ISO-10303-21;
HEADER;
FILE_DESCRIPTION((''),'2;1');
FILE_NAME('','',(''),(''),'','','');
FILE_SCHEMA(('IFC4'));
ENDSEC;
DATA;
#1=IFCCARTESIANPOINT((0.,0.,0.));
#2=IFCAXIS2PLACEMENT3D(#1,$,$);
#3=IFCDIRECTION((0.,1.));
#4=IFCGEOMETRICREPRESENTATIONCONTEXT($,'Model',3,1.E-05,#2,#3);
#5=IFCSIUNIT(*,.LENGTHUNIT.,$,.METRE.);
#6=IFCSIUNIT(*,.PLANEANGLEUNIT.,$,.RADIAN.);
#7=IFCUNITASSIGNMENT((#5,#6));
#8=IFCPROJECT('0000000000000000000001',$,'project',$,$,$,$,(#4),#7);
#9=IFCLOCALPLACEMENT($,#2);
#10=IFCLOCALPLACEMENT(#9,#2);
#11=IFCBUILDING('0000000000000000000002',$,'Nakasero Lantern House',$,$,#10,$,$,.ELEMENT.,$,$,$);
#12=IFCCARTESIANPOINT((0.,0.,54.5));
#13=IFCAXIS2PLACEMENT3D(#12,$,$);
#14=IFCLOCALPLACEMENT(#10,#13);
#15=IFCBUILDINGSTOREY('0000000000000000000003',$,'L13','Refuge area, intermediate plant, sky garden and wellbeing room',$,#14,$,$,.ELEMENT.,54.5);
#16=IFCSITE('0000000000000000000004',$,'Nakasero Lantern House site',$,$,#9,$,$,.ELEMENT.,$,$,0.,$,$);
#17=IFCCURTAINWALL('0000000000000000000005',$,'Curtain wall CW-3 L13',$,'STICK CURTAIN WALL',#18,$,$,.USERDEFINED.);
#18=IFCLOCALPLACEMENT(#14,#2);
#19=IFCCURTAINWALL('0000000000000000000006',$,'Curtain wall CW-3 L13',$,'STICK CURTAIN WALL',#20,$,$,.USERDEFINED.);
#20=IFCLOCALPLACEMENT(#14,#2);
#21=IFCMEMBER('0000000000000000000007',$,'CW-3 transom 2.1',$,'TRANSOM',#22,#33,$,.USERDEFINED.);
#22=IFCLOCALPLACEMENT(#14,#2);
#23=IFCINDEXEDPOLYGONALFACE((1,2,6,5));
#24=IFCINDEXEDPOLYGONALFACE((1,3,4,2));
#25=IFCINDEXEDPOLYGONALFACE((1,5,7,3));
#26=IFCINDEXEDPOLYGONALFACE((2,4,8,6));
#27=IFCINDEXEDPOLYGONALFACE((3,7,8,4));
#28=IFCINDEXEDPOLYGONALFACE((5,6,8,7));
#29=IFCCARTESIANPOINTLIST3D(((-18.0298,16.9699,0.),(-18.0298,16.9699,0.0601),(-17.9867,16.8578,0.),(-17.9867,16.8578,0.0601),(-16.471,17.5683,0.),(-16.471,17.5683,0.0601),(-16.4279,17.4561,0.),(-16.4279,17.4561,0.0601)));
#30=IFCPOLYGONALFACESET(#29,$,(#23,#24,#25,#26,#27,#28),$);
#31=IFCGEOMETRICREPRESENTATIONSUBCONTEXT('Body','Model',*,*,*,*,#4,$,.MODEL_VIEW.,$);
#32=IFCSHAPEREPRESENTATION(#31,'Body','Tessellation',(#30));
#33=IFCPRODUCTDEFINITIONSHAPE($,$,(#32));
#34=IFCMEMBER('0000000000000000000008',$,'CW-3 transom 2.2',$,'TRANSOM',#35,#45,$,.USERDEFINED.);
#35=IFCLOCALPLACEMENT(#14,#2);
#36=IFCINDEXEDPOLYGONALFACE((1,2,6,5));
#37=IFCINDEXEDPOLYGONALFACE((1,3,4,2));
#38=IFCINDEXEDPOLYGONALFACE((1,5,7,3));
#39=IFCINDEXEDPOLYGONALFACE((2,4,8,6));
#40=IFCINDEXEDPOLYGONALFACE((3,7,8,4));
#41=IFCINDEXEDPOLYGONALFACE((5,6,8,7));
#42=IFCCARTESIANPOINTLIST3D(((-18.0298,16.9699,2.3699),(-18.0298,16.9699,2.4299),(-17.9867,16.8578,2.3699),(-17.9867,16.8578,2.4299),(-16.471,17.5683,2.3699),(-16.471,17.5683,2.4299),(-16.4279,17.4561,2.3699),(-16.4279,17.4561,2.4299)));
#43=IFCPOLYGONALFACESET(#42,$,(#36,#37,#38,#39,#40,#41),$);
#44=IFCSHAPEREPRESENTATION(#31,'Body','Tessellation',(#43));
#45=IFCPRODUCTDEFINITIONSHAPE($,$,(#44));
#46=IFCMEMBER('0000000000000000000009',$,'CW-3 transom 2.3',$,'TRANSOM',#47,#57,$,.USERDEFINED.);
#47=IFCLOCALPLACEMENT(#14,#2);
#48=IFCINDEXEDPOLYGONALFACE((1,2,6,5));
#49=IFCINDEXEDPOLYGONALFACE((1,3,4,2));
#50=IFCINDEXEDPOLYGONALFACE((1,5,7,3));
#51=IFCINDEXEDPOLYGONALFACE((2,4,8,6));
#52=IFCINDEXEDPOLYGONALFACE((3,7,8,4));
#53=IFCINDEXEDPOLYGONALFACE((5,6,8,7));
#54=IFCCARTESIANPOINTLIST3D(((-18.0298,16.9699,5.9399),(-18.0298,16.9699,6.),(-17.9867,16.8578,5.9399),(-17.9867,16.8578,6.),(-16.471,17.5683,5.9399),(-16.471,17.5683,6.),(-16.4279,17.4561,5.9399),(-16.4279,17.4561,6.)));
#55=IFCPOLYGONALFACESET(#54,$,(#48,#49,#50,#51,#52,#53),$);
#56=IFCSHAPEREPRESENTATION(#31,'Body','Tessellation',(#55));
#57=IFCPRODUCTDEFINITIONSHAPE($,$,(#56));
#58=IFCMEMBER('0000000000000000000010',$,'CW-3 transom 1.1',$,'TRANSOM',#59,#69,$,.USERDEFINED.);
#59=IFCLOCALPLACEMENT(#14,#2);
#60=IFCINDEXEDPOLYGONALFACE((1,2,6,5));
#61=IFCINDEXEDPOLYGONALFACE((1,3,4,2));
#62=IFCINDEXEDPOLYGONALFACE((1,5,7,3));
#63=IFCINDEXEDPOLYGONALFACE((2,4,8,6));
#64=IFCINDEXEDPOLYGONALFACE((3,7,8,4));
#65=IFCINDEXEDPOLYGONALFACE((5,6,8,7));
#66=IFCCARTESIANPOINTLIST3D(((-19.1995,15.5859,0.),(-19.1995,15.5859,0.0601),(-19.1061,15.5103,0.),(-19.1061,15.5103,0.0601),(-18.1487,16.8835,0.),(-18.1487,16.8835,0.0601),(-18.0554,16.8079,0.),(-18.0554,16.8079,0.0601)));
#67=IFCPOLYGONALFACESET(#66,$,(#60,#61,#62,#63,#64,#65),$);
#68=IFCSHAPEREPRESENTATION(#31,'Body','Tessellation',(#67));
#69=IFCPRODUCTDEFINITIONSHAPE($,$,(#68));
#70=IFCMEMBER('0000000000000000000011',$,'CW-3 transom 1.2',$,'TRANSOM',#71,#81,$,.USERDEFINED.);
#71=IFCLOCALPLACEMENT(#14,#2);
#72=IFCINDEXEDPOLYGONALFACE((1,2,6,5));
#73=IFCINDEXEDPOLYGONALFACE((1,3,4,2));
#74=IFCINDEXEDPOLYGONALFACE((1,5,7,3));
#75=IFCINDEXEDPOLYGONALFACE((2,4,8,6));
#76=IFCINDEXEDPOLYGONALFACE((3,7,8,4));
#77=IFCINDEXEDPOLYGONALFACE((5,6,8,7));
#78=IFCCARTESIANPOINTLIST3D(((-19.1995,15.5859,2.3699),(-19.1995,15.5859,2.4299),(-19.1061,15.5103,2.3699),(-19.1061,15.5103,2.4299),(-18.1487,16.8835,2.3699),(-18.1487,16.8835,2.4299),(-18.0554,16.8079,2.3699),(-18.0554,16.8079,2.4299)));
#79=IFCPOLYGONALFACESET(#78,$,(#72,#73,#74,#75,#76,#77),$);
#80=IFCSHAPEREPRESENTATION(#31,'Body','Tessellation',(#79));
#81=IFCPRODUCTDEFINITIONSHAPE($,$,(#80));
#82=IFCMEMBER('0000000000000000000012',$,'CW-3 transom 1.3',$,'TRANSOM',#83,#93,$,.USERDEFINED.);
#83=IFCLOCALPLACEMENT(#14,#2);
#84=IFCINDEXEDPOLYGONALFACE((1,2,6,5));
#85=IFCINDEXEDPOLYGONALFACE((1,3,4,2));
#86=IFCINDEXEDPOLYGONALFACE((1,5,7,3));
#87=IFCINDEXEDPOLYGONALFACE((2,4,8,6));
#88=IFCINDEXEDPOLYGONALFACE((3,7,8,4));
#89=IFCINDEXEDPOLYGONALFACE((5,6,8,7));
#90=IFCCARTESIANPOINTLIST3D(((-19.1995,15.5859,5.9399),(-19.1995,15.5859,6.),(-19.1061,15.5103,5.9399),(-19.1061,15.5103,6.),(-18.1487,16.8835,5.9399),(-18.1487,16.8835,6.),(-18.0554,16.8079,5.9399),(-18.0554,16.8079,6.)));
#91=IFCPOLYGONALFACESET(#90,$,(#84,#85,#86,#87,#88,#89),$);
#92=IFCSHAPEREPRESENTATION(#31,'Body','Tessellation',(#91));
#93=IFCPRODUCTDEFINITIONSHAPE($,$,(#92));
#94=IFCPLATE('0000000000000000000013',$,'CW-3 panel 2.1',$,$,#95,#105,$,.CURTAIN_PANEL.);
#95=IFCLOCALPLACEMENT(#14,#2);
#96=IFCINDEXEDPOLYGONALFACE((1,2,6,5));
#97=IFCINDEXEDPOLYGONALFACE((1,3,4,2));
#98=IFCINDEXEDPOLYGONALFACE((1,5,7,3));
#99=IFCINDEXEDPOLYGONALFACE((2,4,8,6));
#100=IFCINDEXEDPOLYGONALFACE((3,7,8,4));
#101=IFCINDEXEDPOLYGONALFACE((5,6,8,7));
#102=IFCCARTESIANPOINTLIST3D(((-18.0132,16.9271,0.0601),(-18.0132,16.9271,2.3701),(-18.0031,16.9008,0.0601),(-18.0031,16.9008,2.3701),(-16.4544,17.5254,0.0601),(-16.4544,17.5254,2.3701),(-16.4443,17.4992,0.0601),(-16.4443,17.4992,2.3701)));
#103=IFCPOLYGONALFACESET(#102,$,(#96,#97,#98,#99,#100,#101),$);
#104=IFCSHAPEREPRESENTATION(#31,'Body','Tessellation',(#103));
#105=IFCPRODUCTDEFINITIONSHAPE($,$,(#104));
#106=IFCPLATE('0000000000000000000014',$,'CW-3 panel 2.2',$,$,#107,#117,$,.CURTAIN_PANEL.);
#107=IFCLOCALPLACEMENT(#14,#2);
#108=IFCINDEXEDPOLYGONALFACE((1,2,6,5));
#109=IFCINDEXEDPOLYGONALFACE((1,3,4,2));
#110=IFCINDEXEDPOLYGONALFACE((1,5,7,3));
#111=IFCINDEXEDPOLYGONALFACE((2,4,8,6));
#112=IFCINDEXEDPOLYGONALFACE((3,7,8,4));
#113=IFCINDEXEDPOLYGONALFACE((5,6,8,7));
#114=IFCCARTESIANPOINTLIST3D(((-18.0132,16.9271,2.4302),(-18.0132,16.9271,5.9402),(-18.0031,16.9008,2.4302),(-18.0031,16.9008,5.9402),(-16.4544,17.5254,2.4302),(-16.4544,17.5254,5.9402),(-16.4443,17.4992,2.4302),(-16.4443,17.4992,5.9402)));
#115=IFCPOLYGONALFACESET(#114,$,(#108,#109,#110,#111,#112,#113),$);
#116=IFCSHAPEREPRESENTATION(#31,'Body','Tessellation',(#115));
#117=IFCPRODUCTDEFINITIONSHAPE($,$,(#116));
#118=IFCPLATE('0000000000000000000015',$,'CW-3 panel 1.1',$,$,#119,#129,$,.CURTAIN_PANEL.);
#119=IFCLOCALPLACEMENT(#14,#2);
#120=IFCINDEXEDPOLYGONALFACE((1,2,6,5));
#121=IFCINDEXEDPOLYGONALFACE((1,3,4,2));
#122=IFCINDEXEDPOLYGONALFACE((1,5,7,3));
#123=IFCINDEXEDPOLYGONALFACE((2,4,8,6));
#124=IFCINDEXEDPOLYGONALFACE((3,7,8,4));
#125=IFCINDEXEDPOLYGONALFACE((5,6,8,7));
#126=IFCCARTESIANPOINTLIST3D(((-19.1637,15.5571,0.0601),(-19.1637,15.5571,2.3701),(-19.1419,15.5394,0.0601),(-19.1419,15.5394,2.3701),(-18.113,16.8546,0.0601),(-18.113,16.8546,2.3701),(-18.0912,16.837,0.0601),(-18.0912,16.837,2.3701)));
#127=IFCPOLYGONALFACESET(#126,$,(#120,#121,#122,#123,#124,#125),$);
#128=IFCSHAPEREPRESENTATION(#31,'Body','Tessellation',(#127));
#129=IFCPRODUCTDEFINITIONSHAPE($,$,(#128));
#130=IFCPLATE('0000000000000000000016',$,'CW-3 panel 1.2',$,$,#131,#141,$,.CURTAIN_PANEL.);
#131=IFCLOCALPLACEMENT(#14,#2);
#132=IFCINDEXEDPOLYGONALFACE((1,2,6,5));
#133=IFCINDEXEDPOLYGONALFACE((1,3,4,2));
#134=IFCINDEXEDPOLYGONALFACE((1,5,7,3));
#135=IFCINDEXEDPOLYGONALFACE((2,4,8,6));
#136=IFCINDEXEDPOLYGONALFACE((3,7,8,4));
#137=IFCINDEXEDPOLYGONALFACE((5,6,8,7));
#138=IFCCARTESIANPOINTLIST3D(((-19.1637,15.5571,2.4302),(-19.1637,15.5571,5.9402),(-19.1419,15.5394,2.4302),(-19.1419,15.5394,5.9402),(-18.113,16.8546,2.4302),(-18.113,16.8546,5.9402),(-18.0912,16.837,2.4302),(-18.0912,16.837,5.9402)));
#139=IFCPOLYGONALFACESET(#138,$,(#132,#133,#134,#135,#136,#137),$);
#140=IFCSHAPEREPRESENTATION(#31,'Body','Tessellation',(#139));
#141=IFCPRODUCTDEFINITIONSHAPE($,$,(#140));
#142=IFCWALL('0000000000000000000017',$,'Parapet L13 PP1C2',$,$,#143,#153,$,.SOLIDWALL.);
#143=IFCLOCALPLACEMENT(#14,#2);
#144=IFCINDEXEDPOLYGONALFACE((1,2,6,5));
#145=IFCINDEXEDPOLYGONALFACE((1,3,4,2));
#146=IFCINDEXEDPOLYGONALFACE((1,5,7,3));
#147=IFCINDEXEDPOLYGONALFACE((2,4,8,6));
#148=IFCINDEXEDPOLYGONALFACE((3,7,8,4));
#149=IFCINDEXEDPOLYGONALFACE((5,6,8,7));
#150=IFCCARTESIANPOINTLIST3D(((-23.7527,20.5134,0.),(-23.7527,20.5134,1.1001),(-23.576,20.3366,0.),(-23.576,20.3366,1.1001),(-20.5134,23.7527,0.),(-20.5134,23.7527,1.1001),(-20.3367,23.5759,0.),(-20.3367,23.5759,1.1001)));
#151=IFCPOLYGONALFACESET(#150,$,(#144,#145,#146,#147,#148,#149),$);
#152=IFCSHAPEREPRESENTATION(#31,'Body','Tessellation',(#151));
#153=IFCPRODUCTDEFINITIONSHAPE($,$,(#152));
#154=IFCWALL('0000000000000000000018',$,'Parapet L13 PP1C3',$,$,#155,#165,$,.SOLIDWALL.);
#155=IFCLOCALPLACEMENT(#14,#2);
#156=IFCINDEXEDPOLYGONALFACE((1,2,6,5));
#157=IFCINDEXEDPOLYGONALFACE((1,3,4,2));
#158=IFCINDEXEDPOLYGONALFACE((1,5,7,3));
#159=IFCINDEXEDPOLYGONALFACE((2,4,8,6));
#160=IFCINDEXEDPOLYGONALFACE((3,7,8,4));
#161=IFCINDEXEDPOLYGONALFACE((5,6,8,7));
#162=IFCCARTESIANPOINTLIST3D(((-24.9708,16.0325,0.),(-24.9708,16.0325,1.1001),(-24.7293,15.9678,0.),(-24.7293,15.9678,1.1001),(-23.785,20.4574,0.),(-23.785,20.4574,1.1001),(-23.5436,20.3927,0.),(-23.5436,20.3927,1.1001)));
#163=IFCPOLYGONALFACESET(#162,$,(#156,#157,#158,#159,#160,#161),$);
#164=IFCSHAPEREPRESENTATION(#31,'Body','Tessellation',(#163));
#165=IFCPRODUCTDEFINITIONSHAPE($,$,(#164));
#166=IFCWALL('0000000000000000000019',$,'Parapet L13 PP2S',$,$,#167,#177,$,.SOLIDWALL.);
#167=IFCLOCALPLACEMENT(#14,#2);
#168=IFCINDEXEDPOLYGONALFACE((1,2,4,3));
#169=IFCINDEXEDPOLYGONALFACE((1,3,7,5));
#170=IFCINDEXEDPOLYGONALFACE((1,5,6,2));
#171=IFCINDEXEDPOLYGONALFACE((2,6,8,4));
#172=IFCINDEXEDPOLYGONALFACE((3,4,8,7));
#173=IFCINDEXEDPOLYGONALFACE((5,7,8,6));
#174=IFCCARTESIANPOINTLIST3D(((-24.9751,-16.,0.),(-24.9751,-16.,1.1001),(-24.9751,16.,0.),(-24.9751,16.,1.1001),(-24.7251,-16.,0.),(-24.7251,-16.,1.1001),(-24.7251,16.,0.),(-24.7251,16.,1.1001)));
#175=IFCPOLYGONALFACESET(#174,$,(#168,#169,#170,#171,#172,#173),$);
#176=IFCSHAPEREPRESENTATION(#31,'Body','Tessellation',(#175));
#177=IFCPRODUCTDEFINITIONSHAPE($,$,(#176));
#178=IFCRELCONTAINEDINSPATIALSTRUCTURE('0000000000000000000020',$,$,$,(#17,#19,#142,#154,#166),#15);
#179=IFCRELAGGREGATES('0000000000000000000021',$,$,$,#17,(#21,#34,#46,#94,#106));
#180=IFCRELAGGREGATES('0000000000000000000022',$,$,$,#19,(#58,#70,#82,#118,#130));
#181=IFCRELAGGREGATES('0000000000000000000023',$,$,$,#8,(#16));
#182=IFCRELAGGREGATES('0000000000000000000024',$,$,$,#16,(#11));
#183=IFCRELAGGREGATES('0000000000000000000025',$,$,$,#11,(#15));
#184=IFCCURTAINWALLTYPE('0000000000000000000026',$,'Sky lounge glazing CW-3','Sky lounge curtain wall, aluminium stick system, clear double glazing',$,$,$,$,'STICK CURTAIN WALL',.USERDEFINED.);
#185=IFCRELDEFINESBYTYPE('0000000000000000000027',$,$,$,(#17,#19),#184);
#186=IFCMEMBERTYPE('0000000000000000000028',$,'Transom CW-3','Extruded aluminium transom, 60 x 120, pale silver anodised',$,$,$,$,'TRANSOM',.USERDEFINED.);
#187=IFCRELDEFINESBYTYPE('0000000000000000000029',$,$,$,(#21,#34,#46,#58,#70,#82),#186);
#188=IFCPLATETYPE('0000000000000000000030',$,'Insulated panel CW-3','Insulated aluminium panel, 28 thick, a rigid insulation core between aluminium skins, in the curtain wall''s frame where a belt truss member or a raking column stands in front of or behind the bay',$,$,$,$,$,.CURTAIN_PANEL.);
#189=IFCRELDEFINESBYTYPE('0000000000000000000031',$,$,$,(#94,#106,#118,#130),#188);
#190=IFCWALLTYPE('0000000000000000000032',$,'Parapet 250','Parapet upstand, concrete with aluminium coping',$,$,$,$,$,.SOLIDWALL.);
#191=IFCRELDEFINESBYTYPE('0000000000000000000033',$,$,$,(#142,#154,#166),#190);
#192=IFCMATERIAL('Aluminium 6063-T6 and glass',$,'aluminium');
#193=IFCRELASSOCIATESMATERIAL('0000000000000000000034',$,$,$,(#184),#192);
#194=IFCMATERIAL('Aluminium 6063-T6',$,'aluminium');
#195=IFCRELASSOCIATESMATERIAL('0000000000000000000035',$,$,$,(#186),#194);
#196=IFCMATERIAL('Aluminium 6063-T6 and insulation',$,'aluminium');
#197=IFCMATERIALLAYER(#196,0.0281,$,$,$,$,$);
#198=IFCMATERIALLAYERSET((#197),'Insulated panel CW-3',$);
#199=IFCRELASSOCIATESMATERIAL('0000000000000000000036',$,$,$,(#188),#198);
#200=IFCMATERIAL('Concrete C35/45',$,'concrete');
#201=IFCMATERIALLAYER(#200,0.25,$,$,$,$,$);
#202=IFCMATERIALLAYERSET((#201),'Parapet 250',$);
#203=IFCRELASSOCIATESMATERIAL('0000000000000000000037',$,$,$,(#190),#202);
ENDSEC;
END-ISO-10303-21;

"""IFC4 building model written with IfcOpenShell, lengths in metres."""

from ifc_helpers import new_model, si_unit, direction, frame, frame_2d, origin, origin_2d, place, context, subcontext, project, spatial, rectangle, extrude, material, layer, layer_set, material_profile, profile_set, type_object, element, aggregate, save


model = new_model("IFC4")

# Units and contexts
model_context = context("Model", 3, precision=1e-05, world=origin(), true_north=direction((0.0, 1.0)))
body_context = subcontext(model_context, "Body", "Model", "MODEL_VIEW")
ifc_project = project(units=[si_unit("LENGTHUNIT", "METRE"), si_unit("PLANEANGLEUNIT", "RADIAN")], contexts=[model_context])

# Site, building, storey
site_placement = place(None, origin())
site = spatial("IfcSite", under=ifc_project, at=site_placement, Name="Nakasero Lantern House site", CompositionType="ELEMENT", RefElevation=0.0)
building_placement = place(site_placement, origin())
building = spatial("IfcBuilding", under=site, at=building_placement, Name="Nakasero Lantern House", CompositionType="ELEMENT")
storey_placement = place(building_placement, frame((0.0, 0.0, 54.5)))
storey = spatial("IfcBuildingStorey", under=building, at=storey_placement, Name="L13", Description="Refuge area, intermediate plant, sky garden and wellbeing room", CompositionType="ELEMENT", Elevation=54.5)

# Curtain wall
ifc_material_1 = material(Name="Aluminium 6063-T6 and glass", Category="aluminium")
curtain_wall_type = type_object("IfcCurtainWallType", Name="Sky lounge glazing CW-3", Description="Sky lounge curtain wall, aluminium stick system, clear double glazing", ElementType="STICK CURTAIN WALL", PredefinedType="USERDEFINED", material=ifc_material_1)
curtain_wall_1_placement = place(storey_placement, origin())
curtain_wall_1 = element("IfcCurtainWall", 1, at=curtain_wall_1_placement, inside=storey, type_object=curtain_wall_type, Name="Curtain wall CW-3 L13", ObjectType="STICK CURTAIN WALL", PredefinedType="USERDEFINED")

# Curtain wall
curtain_wall_2_placement = place(storey_placement, origin())
curtain_wall_2 = element("IfcCurtainWall", 2, at=curtain_wall_2_placement, inside=storey, type_object=curtain_wall_type, Name="Curtain wall CW-3 L13", ObjectType="STICK CURTAIN WALL", PredefinedType="USERDEFINED")

# Members
ifc_material_2 = material(Name="Aluminium 6063-T6", Category="aluminium")
ifc_material_profile_1 = material_profile(ifc_material_2, rectangle(XDim=0.0601, YDim=0.1201, at=origin_2d()), Name="CW-3 transom 60x120")
ifc_profile_set_1 = profile_set([ifc_material_profile_1], Name="Aluminium 6063-T6")
member_type_1 = type_object("IfcMemberType", Name="Transom CW-3", Description="Extruded aluminium transom, 60 x 120, pale silver anodised", ElementType="TRANSOM", PredefinedType="USERDEFINED", material=ifc_profile_set_1)
member_1_placement = place(storey_placement, frame((-16.4495, 17.5122, 0.03), z_axis=(-0.933579, -0.358372, 0.0), x_axis=(0.0, 0.0, 1.0)))
member_1 = element("IfcMember", 3, at=member_1_placement, type_object=member_type_1, Name="CW-3 transom 2.1", ObjectType="TRANSOM", PredefinedType="USERDEFINED", context=body_context, shape_type="SweptSolid", body=[
    extrude(rectangle(XDim=0.0601, YDim=0.1201, at=origin_2d()), origin(), (0.0, 0.0, 1.0), 1.6697),
])
member_2_placement = place(storey_placement, frame((-16.4495, 17.5122, 2.3999), z_axis=(-0.933579, -0.358372, 0.0), x_axis=(0.0, 0.0, 1.0)))
member_2 = element("IfcMember", 4, at=member_2_placement, type_object=member_type_1, Name="CW-3 transom 2.2", ObjectType="TRANSOM", PredefinedType="USERDEFINED", context=body_context, shape_type="SweptSolid", body=[
    extrude(rectangle(XDim=0.0601, YDim=0.1201, at=origin_2d()), origin(), (0.0, 0.0, 1.0), 1.6697),
])
member_3_placement = place(storey_placement, frame((-16.4495, 17.5122, 5.97), z_axis=(-0.933579, -0.358372, 0.0), x_axis=(0.0, 0.0, 1.0)))
member_3 = element("IfcMember", 5, at=member_3_placement, type_object=member_type_1, Name="CW-3 transom 2.3", ObjectType="TRANSOM", PredefinedType="USERDEFINED", context=body_context, shape_type="SweptSolid", body=[
    extrude(rectangle(XDim=0.0601, YDim=0.1201, at=origin_2d()), origin(), (0.0, 0.0, 1.0), 1.6697),
])
member_4_placement = place(storey_placement, frame((-18.1021, 16.8457, 0.03), z_axis=(-0.62932, -0.777146, 0.0), x_axis=(0.0, 0.0, 1.0)))
member_4 = element("IfcMember", 6, at=member_4_placement, type_object=member_type_1, Name="CW-3 transom 1.1", ObjectType="TRANSOM", PredefinedType="USERDEFINED", context=body_context, shape_type="SweptSolid", body=[
    extrude(rectangle(XDim=0.0601, YDim=0.1201, at=origin_2d()), origin(), (0.0, 0.0, 1.0), 1.6697),
])
member_5_placement = place(storey_placement, frame((-18.1021, 16.8457, 2.3999), z_axis=(-0.62932, -0.777146, 0.0), x_axis=(0.0, 0.0, 1.0)))
member_5 = element("IfcMember", 7, at=member_5_placement, type_object=member_type_1, Name="CW-3 transom 1.2", ObjectType="TRANSOM", PredefinedType="USERDEFINED", context=body_context, shape_type="SweptSolid", body=[
    extrude(rectangle(XDim=0.0601, YDim=0.1201, at=origin_2d()), origin(), (0.0, 0.0, 1.0), 1.6697),
])
member_6_placement = place(storey_placement, frame((-18.1021, 16.8457, 5.97), z_axis=(-0.62932, -0.777146, 0.0), x_axis=(0.0, 0.0, 1.0)))
member_6 = element("IfcMember", 8, at=member_6_placement, type_object=member_type_1, Name="CW-3 transom 1.3", ObjectType="TRANSOM", PredefinedType="USERDEFINED", context=body_context, shape_type="SweptSolid", body=[
    extrude(rectangle(XDim=0.0601, YDim=0.1201, at=origin_2d()), origin(), (0.0, 0.0, 1.0), 1.6697),
])

# Plates
ifc_material_3 = material(Name="Aluminium 6063-T6 and insulation", Category="aluminium")
ifc_layer_1 = layer(ifc_material_3, 0.0281)
ifc_layer_set_1 = layer_set([ifc_layer_1], Name="Insulated panel CW-3")
plate_type = type_object("IfcPlateType", Name="Insulated panel CW-3", Description="Insulated aluminium panel, 28 thick, a rigid insulation core between aluminium skins, in the curtain wall's frame where a belt truss member or a raking column stands in front of or behind the bay", PredefinedType="CURTAIN_PANEL", material=ifc_layer_set_1)
plate_1_placement = place(storey_placement, frame((-17.2288, 17.2131, 0.0601), z_axis=(0.0, 0.0, 1.0), x_axis=(-0.93358, -0.358368, 0.0)))
plate_1 = element("IfcPlate", 9, at=plate_1_placement, type_object=plate_type, Name="CW-3 panel 2.1", PredefinedType="CURTAIN_PANEL", context=body_context, shape_type="SweptSolid", body=[
    extrude(rectangle(XDim=1.6697, YDim=0.0281, at=origin_2d()), origin(), (0.0, 0.0, 1.0), 2.3101),
])
plate_2_placement = place(storey_placement, frame((-17.2288, 17.2131, 2.4302), z_axis=(0.0, 0.0, 1.0), x_axis=(-0.93358, -0.358368, 0.0)))
plate_2 = element("IfcPlate", 10, at=plate_2_placement, type_object=plate_type, Name="CW-3 panel 2.2", PredefinedType="CURTAIN_PANEL", context=body_context, shape_type="SweptSolid", body=[
    extrude(rectangle(XDim=1.6697, YDim=0.0281, at=origin_2d()), origin(), (0.0, 0.0, 1.0), 3.51),
])
aggregate(curtain_wall_1, [member_1, member_2, member_3, plate_1, plate_2])
plate_3_placement = place(storey_placement, frame((-18.6274, 16.197, 0.0601), z_axis=(0.0, 0.0, 1.0), x_axis=(-0.62932, -0.777146, 0.0)))
plate_3 = element("IfcPlate", 11, at=plate_3_placement, type_object=plate_type, Name="CW-3 panel 1.1", PredefinedType="CURTAIN_PANEL", context=body_context, shape_type="SweptSolid", body=[
    extrude(rectangle(XDim=1.6697, YDim=0.0281, at=origin_2d()), origin(), (0.0, 0.0, 1.0), 2.3101),
])
plate_4_placement = place(storey_placement, frame((-18.6274, 16.197, 2.4302), z_axis=(0.0, 0.0, 1.0), x_axis=(-0.62932, -0.777146, 0.0)))
plate_4 = element("IfcPlate", 12, at=plate_4_placement, type_object=plate_type, Name="CW-3 panel 1.2", PredefinedType="CURTAIN_PANEL", context=body_context, shape_type="SweptSolid", body=[
    extrude(rectangle(XDim=1.6697, YDim=0.0281, at=origin_2d()), origin(), (0.0, 0.0, 1.0), 3.51),
])
aggregate(curtain_wall_2, [member_4, member_5, member_6, plate_3, plate_4])

# Walls
ifc_material_4 = material(Name="Concrete C35/45", Category="concrete")
ifc_layer_2 = layer(ifc_material_4, 0.25)
ifc_layer_set_2 = layer_set([ifc_layer_2], Name="Parapet 250")
wall_type = type_object("IfcWallType", Name="Parapet 250", Description="Parapet upstand, concrete with aluminium coping", PredefinedType="SOLIDWALL", material=ifc_layer_set_2)
for number, where, z_axis, x_axis, name in (
    (13, (-20.425, 23.6643, 0.0), (0.0, 0.0, 1.0), (-0.707107, -0.707107, 0.0), "Parapet L13 PP1C2"),
    (14, (-23.6643, 20.425, 0.0), (0.0, 0.0, 1.0), (-0.25884, -0.96592, 0.0), "Parapet L13 PP1C3"),
):
    element("IfcWall", number, at=place(storey_placement, frame(where, z_axis=z_axis, x_axis=x_axis)), inside=storey, type_object=wall_type, Name=name, PredefinedType="SOLIDWALL", context=body_context, shape_type="SweptSolid", body=[
        extrude(rectangle(XDim=4.5811, YDim=0.25, at=frame_2d((2.2905, 0.0))), origin(), (0.0, 0.0, 1.0), 1.1001),
    ])
wall_placement = place(storey_placement, frame((-24.8501, 16.0, 0.0), z_axis=(0.0, 0.0, 1.0), x_axis=(0.0, -1.0, 0.0)))
element("IfcWall", 15, at=wall_placement, inside=storey, type_object=wall_type, Name="Parapet L13 PP2S", PredefinedType="SOLIDWALL", context=body_context, shape_type="SweptSolid", body=[
    extrude(rectangle(XDim=32.0, YDim=0.25, at=frame_2d((16.0, 0.0))), origin(), (0.0, 0.0, 1.0), 1.1001),
])

save(model, "model.ifc")
